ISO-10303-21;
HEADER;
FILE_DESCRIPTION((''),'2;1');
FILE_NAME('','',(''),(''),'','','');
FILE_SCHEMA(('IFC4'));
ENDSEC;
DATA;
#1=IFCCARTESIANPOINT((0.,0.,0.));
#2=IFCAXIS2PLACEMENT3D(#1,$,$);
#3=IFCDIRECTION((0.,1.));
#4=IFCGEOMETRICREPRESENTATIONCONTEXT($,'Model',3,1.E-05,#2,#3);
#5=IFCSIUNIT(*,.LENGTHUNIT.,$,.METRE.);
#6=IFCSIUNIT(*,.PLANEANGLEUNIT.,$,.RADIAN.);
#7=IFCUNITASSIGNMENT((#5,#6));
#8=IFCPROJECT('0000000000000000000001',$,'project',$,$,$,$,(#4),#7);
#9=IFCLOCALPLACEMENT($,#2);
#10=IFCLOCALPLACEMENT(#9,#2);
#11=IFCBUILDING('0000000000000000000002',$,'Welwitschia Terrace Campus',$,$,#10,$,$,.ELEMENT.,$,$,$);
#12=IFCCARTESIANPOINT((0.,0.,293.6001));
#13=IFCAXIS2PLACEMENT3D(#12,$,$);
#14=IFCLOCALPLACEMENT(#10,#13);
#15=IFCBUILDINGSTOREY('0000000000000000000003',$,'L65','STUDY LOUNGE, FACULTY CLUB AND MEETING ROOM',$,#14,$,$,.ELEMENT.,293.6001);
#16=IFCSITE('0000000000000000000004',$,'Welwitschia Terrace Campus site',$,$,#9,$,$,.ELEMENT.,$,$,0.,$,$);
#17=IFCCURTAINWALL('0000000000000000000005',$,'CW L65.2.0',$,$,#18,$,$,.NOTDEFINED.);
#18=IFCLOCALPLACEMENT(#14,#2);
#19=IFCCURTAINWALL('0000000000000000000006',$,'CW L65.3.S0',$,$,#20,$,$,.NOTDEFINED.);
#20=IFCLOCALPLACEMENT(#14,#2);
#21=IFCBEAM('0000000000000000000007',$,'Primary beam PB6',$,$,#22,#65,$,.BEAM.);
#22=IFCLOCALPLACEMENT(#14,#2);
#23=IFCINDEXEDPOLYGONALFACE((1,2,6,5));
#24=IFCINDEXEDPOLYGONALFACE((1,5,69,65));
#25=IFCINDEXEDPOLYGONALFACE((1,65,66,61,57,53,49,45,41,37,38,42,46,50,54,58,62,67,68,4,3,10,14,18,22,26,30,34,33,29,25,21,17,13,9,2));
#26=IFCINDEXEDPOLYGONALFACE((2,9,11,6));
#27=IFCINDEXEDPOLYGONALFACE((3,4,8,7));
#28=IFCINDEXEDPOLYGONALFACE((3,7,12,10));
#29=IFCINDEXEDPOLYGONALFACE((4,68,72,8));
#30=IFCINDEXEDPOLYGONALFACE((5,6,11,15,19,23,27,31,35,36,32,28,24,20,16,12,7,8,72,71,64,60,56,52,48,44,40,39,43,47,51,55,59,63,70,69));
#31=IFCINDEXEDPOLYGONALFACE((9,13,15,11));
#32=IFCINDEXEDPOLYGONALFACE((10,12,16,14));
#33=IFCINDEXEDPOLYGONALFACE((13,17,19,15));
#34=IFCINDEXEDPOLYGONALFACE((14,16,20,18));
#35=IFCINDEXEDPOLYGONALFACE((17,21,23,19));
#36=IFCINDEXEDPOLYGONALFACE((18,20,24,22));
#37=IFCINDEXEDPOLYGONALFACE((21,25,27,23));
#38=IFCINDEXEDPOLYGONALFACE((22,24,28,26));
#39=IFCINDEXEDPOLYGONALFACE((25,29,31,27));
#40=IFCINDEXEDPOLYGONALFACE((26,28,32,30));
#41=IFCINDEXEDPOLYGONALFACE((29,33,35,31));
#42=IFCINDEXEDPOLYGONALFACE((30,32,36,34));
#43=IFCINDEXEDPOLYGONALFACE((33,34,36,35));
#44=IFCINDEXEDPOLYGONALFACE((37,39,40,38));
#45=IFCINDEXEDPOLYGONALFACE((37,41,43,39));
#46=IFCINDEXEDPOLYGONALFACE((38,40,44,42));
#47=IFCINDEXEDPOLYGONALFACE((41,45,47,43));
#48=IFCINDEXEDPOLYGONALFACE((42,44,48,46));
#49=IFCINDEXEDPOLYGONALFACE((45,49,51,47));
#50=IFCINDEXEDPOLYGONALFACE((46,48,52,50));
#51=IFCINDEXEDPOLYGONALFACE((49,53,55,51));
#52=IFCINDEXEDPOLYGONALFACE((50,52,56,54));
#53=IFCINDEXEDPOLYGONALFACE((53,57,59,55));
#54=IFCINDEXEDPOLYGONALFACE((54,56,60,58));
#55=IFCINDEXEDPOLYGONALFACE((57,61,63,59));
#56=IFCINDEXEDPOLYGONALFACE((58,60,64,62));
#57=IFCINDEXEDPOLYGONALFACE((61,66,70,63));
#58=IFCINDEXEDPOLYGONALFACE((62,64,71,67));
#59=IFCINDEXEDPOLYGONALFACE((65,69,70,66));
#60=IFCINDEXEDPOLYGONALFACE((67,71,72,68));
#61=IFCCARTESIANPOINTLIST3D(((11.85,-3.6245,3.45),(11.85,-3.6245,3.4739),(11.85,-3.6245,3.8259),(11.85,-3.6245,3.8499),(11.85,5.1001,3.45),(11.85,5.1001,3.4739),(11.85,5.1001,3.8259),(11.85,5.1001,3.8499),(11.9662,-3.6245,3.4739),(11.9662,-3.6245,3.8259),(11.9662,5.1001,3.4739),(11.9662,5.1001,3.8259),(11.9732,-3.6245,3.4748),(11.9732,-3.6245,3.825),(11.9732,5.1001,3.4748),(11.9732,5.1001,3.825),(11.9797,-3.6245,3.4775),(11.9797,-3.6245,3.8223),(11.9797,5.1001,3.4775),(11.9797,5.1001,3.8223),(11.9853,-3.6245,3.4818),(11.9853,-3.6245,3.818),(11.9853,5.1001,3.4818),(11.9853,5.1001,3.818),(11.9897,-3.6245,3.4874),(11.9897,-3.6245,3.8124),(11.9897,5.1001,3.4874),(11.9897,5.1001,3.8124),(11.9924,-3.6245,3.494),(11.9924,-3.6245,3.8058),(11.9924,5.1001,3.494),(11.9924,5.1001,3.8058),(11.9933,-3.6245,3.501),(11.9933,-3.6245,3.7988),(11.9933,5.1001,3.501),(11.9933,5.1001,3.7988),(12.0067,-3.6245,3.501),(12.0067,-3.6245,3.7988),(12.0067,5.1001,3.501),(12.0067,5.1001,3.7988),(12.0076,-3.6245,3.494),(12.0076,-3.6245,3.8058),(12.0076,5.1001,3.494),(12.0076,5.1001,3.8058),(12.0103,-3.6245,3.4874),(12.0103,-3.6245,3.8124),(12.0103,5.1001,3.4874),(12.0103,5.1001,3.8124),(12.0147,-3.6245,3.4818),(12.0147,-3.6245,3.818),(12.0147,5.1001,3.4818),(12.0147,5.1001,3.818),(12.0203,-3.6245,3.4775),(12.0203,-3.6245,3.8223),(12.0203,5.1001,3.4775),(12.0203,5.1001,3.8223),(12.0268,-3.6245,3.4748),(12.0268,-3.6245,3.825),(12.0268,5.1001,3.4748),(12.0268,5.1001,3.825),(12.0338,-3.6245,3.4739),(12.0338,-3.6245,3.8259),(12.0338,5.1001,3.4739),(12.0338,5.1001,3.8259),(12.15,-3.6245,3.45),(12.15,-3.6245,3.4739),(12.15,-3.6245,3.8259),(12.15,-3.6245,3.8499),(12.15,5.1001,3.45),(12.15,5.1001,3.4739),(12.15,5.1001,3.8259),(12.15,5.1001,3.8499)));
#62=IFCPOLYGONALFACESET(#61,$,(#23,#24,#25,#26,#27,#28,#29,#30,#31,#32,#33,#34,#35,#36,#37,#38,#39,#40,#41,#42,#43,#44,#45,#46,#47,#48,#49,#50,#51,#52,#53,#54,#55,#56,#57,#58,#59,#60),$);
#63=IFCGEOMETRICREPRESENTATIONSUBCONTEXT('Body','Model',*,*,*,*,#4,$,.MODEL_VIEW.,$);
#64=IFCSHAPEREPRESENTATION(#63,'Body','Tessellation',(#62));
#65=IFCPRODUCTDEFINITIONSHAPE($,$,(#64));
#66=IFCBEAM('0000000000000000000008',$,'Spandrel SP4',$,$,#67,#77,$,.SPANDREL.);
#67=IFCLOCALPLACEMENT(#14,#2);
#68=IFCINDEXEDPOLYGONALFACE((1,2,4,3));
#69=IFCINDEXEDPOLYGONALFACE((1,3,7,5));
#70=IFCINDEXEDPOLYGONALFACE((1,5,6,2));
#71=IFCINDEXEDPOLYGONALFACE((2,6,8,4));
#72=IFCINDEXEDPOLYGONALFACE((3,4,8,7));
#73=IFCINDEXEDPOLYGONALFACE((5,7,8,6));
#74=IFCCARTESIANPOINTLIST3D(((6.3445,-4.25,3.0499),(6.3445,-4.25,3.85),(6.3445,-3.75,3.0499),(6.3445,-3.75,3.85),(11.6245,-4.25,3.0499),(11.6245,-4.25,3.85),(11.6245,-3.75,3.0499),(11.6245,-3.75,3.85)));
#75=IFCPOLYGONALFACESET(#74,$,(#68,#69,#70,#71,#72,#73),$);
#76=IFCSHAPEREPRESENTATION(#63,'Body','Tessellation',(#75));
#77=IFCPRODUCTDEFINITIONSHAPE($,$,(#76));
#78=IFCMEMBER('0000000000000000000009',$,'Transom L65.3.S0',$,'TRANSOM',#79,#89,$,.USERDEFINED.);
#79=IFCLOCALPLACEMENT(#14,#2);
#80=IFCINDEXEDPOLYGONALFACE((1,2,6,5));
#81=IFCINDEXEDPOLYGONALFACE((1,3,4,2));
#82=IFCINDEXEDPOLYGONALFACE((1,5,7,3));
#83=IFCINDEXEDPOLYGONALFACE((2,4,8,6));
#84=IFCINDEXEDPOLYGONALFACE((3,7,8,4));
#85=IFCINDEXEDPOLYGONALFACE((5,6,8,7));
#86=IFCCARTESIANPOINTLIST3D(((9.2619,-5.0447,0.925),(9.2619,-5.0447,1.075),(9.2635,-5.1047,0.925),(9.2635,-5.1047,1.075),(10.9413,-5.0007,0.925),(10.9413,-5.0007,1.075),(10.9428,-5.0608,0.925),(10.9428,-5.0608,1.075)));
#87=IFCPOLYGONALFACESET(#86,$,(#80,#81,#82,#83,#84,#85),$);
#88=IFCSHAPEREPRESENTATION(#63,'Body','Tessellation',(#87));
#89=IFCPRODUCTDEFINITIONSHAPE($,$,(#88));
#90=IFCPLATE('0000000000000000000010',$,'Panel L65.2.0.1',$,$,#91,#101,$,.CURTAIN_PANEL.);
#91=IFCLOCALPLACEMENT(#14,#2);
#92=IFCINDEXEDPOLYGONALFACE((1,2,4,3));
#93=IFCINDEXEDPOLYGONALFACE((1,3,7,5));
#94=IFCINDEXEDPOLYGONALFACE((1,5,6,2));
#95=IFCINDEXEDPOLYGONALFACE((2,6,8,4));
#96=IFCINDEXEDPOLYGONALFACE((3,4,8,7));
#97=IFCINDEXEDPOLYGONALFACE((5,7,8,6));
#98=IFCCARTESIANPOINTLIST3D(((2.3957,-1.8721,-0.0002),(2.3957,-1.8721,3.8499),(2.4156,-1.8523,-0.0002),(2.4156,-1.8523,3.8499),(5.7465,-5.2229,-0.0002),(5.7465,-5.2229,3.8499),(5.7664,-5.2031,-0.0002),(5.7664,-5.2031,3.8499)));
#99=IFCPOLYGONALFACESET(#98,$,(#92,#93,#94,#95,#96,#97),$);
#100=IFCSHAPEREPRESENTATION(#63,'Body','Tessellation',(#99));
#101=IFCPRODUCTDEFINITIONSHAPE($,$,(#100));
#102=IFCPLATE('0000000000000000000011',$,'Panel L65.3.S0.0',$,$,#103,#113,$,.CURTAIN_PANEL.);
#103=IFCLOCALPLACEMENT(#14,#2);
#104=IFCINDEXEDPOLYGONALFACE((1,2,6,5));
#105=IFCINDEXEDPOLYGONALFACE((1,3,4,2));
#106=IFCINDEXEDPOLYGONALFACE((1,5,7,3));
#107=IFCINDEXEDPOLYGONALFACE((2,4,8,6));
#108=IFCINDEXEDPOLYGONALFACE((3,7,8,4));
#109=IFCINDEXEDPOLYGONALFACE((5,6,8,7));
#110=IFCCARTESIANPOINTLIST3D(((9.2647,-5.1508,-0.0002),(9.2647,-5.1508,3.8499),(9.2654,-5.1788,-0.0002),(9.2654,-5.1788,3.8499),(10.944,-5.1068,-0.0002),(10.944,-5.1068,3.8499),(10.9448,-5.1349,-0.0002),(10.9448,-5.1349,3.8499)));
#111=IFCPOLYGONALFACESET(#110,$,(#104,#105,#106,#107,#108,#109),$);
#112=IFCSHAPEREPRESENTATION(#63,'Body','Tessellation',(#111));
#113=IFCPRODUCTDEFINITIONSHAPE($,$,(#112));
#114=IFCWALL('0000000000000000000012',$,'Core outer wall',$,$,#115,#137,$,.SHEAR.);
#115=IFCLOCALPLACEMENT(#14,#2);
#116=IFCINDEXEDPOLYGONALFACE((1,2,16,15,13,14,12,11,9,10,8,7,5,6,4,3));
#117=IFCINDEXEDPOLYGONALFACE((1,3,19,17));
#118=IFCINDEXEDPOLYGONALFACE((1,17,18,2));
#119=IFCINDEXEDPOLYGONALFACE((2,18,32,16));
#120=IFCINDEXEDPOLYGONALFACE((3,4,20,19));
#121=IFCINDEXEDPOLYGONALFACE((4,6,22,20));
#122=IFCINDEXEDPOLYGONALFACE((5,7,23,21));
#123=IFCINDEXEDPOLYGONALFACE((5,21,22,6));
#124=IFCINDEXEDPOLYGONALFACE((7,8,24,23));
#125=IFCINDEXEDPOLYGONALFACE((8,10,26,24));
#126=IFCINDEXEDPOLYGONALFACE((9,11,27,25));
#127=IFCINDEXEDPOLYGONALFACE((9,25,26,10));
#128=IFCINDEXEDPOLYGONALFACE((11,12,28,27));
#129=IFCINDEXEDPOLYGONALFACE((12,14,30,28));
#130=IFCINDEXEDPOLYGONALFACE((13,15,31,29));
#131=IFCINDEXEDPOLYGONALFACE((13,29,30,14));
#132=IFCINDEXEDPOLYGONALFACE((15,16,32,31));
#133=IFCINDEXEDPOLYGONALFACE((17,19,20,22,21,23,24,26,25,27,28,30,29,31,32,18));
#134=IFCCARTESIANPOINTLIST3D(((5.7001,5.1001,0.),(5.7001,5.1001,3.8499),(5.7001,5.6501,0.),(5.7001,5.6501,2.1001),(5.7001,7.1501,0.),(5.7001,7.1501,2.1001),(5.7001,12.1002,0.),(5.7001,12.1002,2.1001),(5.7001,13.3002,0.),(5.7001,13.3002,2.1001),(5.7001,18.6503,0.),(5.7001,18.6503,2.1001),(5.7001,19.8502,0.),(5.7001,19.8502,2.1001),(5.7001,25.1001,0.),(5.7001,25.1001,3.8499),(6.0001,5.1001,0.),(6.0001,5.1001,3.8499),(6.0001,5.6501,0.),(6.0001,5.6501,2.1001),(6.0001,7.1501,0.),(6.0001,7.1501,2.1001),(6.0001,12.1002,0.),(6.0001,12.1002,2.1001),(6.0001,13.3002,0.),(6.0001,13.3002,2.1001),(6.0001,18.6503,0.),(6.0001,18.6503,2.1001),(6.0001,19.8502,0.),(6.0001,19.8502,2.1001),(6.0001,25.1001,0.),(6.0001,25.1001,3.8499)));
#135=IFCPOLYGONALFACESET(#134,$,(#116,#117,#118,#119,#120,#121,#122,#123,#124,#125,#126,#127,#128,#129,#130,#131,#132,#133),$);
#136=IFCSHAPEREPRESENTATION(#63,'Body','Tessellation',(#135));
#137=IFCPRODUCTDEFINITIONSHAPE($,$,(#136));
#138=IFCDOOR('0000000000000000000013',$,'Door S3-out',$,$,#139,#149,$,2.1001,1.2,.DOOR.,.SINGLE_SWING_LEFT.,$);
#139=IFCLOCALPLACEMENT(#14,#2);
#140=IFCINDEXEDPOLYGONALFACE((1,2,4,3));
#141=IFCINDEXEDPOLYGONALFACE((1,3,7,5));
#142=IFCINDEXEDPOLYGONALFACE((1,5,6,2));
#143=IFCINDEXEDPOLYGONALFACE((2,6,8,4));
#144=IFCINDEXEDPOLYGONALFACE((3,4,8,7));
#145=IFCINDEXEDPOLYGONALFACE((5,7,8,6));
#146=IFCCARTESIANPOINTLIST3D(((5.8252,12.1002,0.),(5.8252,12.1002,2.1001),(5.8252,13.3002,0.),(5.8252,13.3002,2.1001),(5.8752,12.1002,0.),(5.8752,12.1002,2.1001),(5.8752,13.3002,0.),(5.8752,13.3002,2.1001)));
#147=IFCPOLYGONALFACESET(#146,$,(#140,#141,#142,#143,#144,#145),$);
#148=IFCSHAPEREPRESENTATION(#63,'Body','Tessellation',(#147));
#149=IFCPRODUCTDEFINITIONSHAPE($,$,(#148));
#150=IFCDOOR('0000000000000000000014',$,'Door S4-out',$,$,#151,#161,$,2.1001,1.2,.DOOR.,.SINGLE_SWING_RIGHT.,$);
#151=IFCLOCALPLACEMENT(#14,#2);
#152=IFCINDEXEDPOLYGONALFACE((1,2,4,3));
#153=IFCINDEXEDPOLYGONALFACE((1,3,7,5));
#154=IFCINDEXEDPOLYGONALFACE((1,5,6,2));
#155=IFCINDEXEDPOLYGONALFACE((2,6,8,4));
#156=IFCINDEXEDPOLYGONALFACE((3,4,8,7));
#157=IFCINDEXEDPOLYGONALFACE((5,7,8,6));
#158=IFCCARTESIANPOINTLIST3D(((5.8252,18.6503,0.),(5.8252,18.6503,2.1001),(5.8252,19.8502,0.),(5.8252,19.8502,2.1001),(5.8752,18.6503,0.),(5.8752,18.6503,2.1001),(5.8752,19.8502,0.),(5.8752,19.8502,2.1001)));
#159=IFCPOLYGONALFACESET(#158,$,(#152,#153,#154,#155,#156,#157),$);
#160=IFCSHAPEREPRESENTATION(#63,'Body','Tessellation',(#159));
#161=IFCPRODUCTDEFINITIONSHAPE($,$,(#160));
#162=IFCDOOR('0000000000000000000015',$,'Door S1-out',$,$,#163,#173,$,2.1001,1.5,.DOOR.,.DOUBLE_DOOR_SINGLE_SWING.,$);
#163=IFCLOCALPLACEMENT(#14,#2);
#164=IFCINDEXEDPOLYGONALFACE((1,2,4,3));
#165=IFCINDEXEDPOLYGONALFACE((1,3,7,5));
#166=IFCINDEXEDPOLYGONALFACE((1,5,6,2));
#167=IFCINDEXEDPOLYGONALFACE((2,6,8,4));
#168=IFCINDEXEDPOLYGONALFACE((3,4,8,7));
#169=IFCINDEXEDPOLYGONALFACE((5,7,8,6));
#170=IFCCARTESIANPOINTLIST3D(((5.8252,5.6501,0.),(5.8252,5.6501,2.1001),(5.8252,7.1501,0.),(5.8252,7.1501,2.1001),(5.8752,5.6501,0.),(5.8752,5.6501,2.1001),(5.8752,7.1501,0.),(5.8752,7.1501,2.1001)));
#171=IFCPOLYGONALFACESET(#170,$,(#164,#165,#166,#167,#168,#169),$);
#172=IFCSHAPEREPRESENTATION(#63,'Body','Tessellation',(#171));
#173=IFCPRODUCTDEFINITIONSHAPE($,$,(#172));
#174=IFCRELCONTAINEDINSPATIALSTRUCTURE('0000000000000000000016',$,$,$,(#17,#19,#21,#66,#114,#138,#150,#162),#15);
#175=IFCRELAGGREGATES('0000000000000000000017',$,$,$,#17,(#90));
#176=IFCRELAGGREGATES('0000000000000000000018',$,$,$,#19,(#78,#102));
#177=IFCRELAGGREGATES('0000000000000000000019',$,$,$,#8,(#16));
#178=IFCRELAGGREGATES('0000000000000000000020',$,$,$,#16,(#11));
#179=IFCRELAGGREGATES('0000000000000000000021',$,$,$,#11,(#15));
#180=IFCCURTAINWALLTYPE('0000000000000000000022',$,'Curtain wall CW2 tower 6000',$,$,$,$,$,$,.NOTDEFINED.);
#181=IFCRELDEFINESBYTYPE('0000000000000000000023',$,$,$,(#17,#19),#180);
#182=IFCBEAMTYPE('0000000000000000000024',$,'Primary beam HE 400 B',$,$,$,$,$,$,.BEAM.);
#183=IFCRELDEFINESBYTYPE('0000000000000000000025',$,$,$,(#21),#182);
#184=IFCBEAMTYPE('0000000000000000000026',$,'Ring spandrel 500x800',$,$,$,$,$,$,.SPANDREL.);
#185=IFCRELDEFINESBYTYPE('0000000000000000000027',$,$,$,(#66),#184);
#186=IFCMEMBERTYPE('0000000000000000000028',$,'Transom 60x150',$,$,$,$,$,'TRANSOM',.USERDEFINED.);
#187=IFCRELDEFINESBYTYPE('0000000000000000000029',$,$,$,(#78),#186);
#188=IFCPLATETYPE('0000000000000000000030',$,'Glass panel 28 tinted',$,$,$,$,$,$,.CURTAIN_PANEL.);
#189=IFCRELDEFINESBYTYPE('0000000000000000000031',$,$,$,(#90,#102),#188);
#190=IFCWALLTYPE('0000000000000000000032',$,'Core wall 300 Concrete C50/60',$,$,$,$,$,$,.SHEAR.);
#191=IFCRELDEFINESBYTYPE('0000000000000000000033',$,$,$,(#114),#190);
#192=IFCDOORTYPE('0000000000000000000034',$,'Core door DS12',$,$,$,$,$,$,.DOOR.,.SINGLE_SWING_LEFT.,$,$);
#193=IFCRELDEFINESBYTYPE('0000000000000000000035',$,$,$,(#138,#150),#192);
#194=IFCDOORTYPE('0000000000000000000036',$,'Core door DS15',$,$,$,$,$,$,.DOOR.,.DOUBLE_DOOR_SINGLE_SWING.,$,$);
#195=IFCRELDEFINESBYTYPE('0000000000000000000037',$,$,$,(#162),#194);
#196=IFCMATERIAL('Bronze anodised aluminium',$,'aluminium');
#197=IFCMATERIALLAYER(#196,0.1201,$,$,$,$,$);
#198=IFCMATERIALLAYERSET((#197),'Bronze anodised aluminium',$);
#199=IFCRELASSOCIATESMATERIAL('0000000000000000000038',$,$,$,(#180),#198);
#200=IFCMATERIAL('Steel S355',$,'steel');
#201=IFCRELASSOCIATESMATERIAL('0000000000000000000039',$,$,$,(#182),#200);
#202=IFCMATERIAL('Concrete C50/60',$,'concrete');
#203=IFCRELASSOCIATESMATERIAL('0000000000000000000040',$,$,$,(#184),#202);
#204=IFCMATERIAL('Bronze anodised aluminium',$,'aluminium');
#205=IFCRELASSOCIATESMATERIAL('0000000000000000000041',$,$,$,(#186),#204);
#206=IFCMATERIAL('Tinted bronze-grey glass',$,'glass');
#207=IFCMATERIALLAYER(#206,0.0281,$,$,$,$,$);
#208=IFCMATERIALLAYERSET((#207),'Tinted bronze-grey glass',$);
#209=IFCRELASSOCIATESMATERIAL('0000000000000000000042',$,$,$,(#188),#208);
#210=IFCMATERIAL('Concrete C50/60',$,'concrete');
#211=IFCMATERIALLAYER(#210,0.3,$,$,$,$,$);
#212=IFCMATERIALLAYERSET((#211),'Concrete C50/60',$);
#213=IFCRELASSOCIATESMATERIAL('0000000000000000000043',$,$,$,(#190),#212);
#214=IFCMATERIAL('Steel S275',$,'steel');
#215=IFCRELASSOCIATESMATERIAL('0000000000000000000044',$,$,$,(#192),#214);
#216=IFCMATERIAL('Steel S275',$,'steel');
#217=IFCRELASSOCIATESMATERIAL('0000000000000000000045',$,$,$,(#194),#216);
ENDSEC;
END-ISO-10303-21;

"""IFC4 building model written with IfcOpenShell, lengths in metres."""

from ifc_helpers import new_model, si_unit, direction, frame, frame_2d, origin, origin_2d, place, context, subcontext, project, spatial, rectangle, i_section, extrude, material, layer, layer_set, material_profile, profile_set, type_object, element, fill, aggregate, save


model = new_model("IFC4")

# Units and contexts
model_context = context("Model", 3, precision=1e-05, world=origin(), true_north=direction((0.0, 1.0)))
body_context = subcontext(model_context, "Body", "Model", "MODEL_VIEW")
ifc_project = project(units=[si_unit("LENGTHUNIT", "METRE"), si_unit("PLANEANGLEUNIT", "RADIAN")], contexts=[model_context])

# Site, building, storey
site_placement = place(None, origin())
site = spatial("IfcSite", under=ifc_project, at=site_placement, Name="Welwitschia Terrace Campus site", CompositionType="ELEMENT", RefElevation=0.0)
building_placement = place(site_placement, origin())
building = spatial("IfcBuilding", under=site, at=building_placement, Name="Welwitschia Terrace Campus", CompositionType="ELEMENT")
storey_placement = place(building_placement, frame((0.0, 0.0, 293.6001)))
storey = spatial("IfcBuildingStorey", under=building, at=storey_placement, Name="L65", Description="STUDY LOUNGE, FACULTY CLUB AND MEETING ROOM", CompositionType="ELEMENT", Elevation=293.6001)

# Curtain wall
ifc_material_1 = material(Name="Bronze anodised aluminium", Category="aluminium")
ifc_layer_1 = layer(ifc_material_1, 0.1201)
ifc_layer_set_1 = layer_set([ifc_layer_1], Name="Bronze anodised aluminium")
curtain_wall_type = type_object("IfcCurtainWallType", Name="Curtain wall CW2 tower 6000", PredefinedType="NOTDEFINED", material=ifc_layer_set_1)
curtain_wall_1_placement = place(storey_placement, origin())
curtain_wall_1 = element("IfcCurtainWall", 1, at=curtain_wall_1_placement, inside=storey, type_object=curtain_wall_type, Name="CW L65.2.0", PredefinedType="NOTDEFINED")

# Curtain wall
curtain_wall_2_placement = place(storey_placement, origin())
curtain_wall_2 = element("IfcCurtainWall", 2, at=curtain_wall_2_placement, inside=storey, type_object=curtain_wall_type, Name="CW L65.3.S0", PredefinedType="NOTDEFINED")

# Beams
ifc_material_2 = material(Name="Steel S355", Category="steel")
ifc_material_profile_1 = material_profile(ifc_material_2, i_section(OverallWidth=0.3, OverallDepth=0.3999, WebThickness=0.0134, FlangeThickness=0.0239, FilletRadius=0.0271, at=origin_2d()))
ifc_profile_set_1 = profile_set([ifc_material_profile_1], Name="Steel S355")
beam_type_1 = type_object("IfcBeamType", Name="Primary beam HE 400 B", PredefinedType="BEAM", material=ifc_profile_set_1)
beam_1_placement = place(storey_placement, frame((12.0, -3.6245, 3.6499), z_axis=(0.0, 1.0, 0.0), x_axis=(-1.0, 0.0, 0.0)))
element("IfcBeam", 3, at=beam_1_placement, inside=storey, type_object=beam_type_1, Name="Primary beam PB6", PredefinedType="BEAM", context=body_context, shape_type="SweptSolid", body=[
    extrude(i_section(OverallWidth=0.3, OverallDepth=0.3999, WebThickness=0.0134, FlangeThickness=0.0239, FilletRadius=0.0271, at=origin_2d()), origin(), (0.0, 0.0, 1.0), 8.7246),
])
ifc_material_3 = material(Name="Concrete C50/60", Category="concrete")
ifc_material_profile_2 = material_profile(ifc_material_3, rectangle(XDim=0.5, YDim=0.8, at=origin_2d()))
ifc_profile_set_2 = profile_set([ifc_material_profile_2], Name="Concrete C50/60")
beam_type_2 = type_object("IfcBeamType", Name="Ring spandrel 500x800", PredefinedType="SPANDREL", material=ifc_profile_set_2)
beam_2_placement = place(storey_placement, frame((6.3445, -4.0, 3.45), z_axis=(1.0, 0.0, 0.0), x_axis=(0.0, 1.0, 0.0)))
element("IfcBeam", 4, at=beam_2_placement, inside=storey, type_object=beam_type_2, Name="Spandrel SP4", PredefinedType="SPANDREL", context=body_context, shape_type="SweptSolid", body=[
    extrude(rectangle(XDim=0.5, YDim=0.8, at=origin_2d()), origin(), (0.0, 0.0, 1.0), 5.28),
])

# Member
ifc_material_4 = material(Name="Bronze anodised aluminium", Category="aluminium")
ifc_material_profile_3 = material_profile(ifc_material_4, rectangle(XDim=0.0601, YDim=0.1499, at=origin_2d()))
ifc_profile_set_3 = profile_set([ifc_material_profile_3], Name="Bronze anodised aluminium")
member_type_1 = type_object("IfcMemberType", Name="Transom 60x150", ElementType="TRANSOM", PredefinedType="USERDEFINED", material=ifc_profile_set_3)
member_1_placement = place(storey_placement, frame((9.2627, -5.0747, 1.0), z_axis=(0.999658, 0.026158, 0.0), x_axis=(-0.026158, 0.999658, 0.0)))
member_1 = element("IfcMember", 5, at=member_1_placement, type_object=member_type_1, Name="Transom L65.3.S0", ObjectType="TRANSOM", PredefinedType="USERDEFINED", context=body_context, shape_type="SweptSolid", body=[
    extrude(rectangle(XDim=0.0601, YDim=0.1499, at=origin_2d()), origin(), (0.0, 0.0, 1.0), 1.6799),
])

# Plates
ifc_material_5 = material(Name="Tinted bronze-grey glass", Category="glass")
ifc_layer_2 = layer(ifc_material_5, 0.0281)
ifc_layer_set_2 = layer_set([ifc_layer_2], Name="Tinted bronze-grey glass")
plate_type = type_object("IfcPlateType", Name="Glass panel 28 tinted", PredefinedType="CURTAIN_PANEL", material=ifc_layer_set_2)
plate_1_placement = place(storey_placement, frame((4.0811, -3.5376, -0.0002), z_axis=(0.0, 0.0, 1.0), x_axis=(0.707107, -0.707107, 0.0)))
plate_1 = element("IfcPlate", 6, at=plate_1_placement, type_object=plate_type, Name="Panel L65.2.0.1", PredefinedType="CURTAIN_PANEL", context=body_context, shape_type="SweptSolid", body=[
    extrude(rectangle(XDim=4.7388, YDim=0.0281, at=origin_2d()), origin(), (0.0, 0.0, 1.0), 3.8501),
])
aggregate(curtain_wall_1, [plate_1])
plate_2_placement = place(storey_placement, frame((10.1047, -5.1428, -0.0002), z_axis=(0.0, 0.0, 1.0), x_axis=(0.999657, 0.026177, 0.0)))
plate_2 = element("IfcPlate", 7, at=plate_2_placement, type_object=plate_type, Name="Panel L65.3.S0.0", PredefinedType="CURTAIN_PANEL", context=body_context, shape_type="SweptSolid", body=[
    extrude(rectangle(XDim=1.6799, YDim=0.0281, at=origin_2d()), origin(), (0.0, 0.0, 1.0), 3.8501),
])
aggregate(curtain_wall_2, [member_1, plate_2])

# Wall, openings, doors
ifc_material_6 = material(Name="Concrete C50/60", Category="concrete")
ifc_layer_3 = layer(ifc_material_6, 0.3)
ifc_layer_set_3 = layer_set([ifc_layer_3], Name="Concrete C50/60")
wall_type_1 = type_object("IfcWallType", Name="Core wall 300 Concrete C50/60", PredefinedType="SHEAR", material=ifc_layer_set_3)
wall_1_placement = place(storey_placement, frame((5.8501, 5.1001, 0.0), z_axis=(0.0, 0.0, 1.0), x_axis=(0.0, 1.0, 0.0)))
wall_1 = element("IfcWall", 8, at=wall_1_placement, inside=storey, type_object=wall_type_1, Name="Core outer wall", PredefinedType="SHEAR", context=body_context, shape_type="SweptSolid", body=[
    extrude(rectangle(XDim=20.0, YDim=0.3, at=frame_2d((10.0, 0.0))), origin(), (0.0, 0.0, 1.0), 3.8499),
])
opening_1_placement = place(wall_1_placement, frame((0.55, 0.0, 0.0)))
opening_1 = element("IfcOpeningElement", 9, at=opening_1_placement, cuts=wall_1, PredefinedType="OPENING", context=body_context, shape_type="SweptSolid", body=[
    extrude(rectangle(XDim=1.5, YDim=2.1001, at=frame_2d((0.75, 1.05))), frame((0.0, 0.1599, 0.0), z_axis=(0.0, -1.0, 0.0), x_axis=(1.0, 0.0, 0.0)), (0.0, 0.0, 1.0), 0.3201),
])
opening_2_placement = place(wall_1_placement, frame((7.0, 0.0, 0.0)))
opening_2 = element("IfcOpeningElement", 10, at=opening_2_placement, cuts=wall_1, PredefinedType="OPENING", context=body_context, shape_type="SweptSolid", body=[
    extrude(rectangle(XDim=1.2, YDim=2.1001, at=frame_2d((0.6001, 1.05))), frame((0.0, 0.1599, 0.0), z_axis=(0.0, -1.0, 0.0), x_axis=(1.0, 0.0, 0.0)), (0.0, 0.0, 1.0), 0.3201),
])
opening_3_placement = place(wall_1_placement, frame((13.55, 0.0, 0.0)))
opening_3 = element("IfcOpeningElement", 11, at=opening_3_placement, cuts=wall_1, PredefinedType="OPENING", context=body_context, shape_type="SweptSolid", body=[
    extrude(rectangle(XDim=1.2, YDim=2.1001, at=frame_2d((0.6001, 1.05))), frame((0.0, 0.1599, 0.0), z_axis=(0.0, -1.0, 0.0), x_axis=(1.0, 0.0, 0.0)), (0.0, 0.0, 1.0), 0.3201),
])
ifc_material_7 = material(Name="Steel S275", Category="steel")
door_type_1 = type_object("IfcDoorType", Name="Core door DS12", OperationType="SINGLE_SWING_LEFT", PredefinedType="DOOR", material=ifc_material_7)
door_1_placement = place(opening_2_placement, origin())
door_1 = element("IfcDoor", 12, at=door_1_placement, inside=storey, type_object=door_type_1, Name="Door S3-out", OperationType="SINGLE_SWING_LEFT", OverallHeight=2.1001, OverallWidth=1.2, PredefinedType="DOOR", context=body_context, shape_type="SweptSolid", body=[
    extrude(rectangle(XDim=1.2, YDim=2.1001, at=frame_2d((0.6001, 1.05))), frame((0.0, 0.0249, 0.0), z_axis=(0.0, -1.0, 0.0), x_axis=(1.0, 0.0, 0.0)), (0.0, 0.0, 1.0), 0.05),
])
fill(opening_2, door_1)
door_2_placement = place(opening_3_placement, origin())
door_2 = element("IfcDoor", 13, at=door_2_placement, inside=storey, type_object=door_type_1, Name="Door S4-out", OperationType="SINGLE_SWING_RIGHT", OverallHeight=2.1001, OverallWidth=1.2, PredefinedType="DOOR", context=body_context, shape_type="SweptSolid", body=[
    extrude(rectangle(XDim=1.2, YDim=2.1001, at=frame_2d((0.6001, 1.05))), frame((0.0, 0.0249, 0.0), z_axis=(0.0, -1.0, 0.0), x_axis=(1.0, 0.0, 0.0)), (0.0, 0.0, 1.0), 0.05),
])
fill(opening_3, door_2)
ifc_material_8 = material(Name="Steel S275", Category="steel")
door_type_2 = type_object("IfcDoorType", Name="Core door DS15", OperationType="DOUBLE_DOOR_SINGLE_SWING", PredefinedType="DOOR", material=ifc_material_8)
door_3_placement = place(opening_1_placement, origin())
door_3 = element("IfcDoor", 14, at=door_3_placement, inside=storey, type_object=door_type_2, Name="Door S1-out", OperationType="DOUBLE_DOOR_SINGLE_SWING", OverallHeight=2.1001, OverallWidth=1.5, PredefinedType="DOOR", context=body_context, shape_type="SweptSolid", body=[
    extrude(rectangle(XDim=1.5, YDim=2.1001, at=frame_2d((0.75, 1.05))), frame((0.0, 0.0249, 0.0), z_axis=(0.0, -1.0, 0.0), x_axis=(1.0, 0.0, 0.0)), (0.0, 0.0, 1.0), 0.05),
])
fill(opening_1, door_3)

save(model, "model.ifc")
